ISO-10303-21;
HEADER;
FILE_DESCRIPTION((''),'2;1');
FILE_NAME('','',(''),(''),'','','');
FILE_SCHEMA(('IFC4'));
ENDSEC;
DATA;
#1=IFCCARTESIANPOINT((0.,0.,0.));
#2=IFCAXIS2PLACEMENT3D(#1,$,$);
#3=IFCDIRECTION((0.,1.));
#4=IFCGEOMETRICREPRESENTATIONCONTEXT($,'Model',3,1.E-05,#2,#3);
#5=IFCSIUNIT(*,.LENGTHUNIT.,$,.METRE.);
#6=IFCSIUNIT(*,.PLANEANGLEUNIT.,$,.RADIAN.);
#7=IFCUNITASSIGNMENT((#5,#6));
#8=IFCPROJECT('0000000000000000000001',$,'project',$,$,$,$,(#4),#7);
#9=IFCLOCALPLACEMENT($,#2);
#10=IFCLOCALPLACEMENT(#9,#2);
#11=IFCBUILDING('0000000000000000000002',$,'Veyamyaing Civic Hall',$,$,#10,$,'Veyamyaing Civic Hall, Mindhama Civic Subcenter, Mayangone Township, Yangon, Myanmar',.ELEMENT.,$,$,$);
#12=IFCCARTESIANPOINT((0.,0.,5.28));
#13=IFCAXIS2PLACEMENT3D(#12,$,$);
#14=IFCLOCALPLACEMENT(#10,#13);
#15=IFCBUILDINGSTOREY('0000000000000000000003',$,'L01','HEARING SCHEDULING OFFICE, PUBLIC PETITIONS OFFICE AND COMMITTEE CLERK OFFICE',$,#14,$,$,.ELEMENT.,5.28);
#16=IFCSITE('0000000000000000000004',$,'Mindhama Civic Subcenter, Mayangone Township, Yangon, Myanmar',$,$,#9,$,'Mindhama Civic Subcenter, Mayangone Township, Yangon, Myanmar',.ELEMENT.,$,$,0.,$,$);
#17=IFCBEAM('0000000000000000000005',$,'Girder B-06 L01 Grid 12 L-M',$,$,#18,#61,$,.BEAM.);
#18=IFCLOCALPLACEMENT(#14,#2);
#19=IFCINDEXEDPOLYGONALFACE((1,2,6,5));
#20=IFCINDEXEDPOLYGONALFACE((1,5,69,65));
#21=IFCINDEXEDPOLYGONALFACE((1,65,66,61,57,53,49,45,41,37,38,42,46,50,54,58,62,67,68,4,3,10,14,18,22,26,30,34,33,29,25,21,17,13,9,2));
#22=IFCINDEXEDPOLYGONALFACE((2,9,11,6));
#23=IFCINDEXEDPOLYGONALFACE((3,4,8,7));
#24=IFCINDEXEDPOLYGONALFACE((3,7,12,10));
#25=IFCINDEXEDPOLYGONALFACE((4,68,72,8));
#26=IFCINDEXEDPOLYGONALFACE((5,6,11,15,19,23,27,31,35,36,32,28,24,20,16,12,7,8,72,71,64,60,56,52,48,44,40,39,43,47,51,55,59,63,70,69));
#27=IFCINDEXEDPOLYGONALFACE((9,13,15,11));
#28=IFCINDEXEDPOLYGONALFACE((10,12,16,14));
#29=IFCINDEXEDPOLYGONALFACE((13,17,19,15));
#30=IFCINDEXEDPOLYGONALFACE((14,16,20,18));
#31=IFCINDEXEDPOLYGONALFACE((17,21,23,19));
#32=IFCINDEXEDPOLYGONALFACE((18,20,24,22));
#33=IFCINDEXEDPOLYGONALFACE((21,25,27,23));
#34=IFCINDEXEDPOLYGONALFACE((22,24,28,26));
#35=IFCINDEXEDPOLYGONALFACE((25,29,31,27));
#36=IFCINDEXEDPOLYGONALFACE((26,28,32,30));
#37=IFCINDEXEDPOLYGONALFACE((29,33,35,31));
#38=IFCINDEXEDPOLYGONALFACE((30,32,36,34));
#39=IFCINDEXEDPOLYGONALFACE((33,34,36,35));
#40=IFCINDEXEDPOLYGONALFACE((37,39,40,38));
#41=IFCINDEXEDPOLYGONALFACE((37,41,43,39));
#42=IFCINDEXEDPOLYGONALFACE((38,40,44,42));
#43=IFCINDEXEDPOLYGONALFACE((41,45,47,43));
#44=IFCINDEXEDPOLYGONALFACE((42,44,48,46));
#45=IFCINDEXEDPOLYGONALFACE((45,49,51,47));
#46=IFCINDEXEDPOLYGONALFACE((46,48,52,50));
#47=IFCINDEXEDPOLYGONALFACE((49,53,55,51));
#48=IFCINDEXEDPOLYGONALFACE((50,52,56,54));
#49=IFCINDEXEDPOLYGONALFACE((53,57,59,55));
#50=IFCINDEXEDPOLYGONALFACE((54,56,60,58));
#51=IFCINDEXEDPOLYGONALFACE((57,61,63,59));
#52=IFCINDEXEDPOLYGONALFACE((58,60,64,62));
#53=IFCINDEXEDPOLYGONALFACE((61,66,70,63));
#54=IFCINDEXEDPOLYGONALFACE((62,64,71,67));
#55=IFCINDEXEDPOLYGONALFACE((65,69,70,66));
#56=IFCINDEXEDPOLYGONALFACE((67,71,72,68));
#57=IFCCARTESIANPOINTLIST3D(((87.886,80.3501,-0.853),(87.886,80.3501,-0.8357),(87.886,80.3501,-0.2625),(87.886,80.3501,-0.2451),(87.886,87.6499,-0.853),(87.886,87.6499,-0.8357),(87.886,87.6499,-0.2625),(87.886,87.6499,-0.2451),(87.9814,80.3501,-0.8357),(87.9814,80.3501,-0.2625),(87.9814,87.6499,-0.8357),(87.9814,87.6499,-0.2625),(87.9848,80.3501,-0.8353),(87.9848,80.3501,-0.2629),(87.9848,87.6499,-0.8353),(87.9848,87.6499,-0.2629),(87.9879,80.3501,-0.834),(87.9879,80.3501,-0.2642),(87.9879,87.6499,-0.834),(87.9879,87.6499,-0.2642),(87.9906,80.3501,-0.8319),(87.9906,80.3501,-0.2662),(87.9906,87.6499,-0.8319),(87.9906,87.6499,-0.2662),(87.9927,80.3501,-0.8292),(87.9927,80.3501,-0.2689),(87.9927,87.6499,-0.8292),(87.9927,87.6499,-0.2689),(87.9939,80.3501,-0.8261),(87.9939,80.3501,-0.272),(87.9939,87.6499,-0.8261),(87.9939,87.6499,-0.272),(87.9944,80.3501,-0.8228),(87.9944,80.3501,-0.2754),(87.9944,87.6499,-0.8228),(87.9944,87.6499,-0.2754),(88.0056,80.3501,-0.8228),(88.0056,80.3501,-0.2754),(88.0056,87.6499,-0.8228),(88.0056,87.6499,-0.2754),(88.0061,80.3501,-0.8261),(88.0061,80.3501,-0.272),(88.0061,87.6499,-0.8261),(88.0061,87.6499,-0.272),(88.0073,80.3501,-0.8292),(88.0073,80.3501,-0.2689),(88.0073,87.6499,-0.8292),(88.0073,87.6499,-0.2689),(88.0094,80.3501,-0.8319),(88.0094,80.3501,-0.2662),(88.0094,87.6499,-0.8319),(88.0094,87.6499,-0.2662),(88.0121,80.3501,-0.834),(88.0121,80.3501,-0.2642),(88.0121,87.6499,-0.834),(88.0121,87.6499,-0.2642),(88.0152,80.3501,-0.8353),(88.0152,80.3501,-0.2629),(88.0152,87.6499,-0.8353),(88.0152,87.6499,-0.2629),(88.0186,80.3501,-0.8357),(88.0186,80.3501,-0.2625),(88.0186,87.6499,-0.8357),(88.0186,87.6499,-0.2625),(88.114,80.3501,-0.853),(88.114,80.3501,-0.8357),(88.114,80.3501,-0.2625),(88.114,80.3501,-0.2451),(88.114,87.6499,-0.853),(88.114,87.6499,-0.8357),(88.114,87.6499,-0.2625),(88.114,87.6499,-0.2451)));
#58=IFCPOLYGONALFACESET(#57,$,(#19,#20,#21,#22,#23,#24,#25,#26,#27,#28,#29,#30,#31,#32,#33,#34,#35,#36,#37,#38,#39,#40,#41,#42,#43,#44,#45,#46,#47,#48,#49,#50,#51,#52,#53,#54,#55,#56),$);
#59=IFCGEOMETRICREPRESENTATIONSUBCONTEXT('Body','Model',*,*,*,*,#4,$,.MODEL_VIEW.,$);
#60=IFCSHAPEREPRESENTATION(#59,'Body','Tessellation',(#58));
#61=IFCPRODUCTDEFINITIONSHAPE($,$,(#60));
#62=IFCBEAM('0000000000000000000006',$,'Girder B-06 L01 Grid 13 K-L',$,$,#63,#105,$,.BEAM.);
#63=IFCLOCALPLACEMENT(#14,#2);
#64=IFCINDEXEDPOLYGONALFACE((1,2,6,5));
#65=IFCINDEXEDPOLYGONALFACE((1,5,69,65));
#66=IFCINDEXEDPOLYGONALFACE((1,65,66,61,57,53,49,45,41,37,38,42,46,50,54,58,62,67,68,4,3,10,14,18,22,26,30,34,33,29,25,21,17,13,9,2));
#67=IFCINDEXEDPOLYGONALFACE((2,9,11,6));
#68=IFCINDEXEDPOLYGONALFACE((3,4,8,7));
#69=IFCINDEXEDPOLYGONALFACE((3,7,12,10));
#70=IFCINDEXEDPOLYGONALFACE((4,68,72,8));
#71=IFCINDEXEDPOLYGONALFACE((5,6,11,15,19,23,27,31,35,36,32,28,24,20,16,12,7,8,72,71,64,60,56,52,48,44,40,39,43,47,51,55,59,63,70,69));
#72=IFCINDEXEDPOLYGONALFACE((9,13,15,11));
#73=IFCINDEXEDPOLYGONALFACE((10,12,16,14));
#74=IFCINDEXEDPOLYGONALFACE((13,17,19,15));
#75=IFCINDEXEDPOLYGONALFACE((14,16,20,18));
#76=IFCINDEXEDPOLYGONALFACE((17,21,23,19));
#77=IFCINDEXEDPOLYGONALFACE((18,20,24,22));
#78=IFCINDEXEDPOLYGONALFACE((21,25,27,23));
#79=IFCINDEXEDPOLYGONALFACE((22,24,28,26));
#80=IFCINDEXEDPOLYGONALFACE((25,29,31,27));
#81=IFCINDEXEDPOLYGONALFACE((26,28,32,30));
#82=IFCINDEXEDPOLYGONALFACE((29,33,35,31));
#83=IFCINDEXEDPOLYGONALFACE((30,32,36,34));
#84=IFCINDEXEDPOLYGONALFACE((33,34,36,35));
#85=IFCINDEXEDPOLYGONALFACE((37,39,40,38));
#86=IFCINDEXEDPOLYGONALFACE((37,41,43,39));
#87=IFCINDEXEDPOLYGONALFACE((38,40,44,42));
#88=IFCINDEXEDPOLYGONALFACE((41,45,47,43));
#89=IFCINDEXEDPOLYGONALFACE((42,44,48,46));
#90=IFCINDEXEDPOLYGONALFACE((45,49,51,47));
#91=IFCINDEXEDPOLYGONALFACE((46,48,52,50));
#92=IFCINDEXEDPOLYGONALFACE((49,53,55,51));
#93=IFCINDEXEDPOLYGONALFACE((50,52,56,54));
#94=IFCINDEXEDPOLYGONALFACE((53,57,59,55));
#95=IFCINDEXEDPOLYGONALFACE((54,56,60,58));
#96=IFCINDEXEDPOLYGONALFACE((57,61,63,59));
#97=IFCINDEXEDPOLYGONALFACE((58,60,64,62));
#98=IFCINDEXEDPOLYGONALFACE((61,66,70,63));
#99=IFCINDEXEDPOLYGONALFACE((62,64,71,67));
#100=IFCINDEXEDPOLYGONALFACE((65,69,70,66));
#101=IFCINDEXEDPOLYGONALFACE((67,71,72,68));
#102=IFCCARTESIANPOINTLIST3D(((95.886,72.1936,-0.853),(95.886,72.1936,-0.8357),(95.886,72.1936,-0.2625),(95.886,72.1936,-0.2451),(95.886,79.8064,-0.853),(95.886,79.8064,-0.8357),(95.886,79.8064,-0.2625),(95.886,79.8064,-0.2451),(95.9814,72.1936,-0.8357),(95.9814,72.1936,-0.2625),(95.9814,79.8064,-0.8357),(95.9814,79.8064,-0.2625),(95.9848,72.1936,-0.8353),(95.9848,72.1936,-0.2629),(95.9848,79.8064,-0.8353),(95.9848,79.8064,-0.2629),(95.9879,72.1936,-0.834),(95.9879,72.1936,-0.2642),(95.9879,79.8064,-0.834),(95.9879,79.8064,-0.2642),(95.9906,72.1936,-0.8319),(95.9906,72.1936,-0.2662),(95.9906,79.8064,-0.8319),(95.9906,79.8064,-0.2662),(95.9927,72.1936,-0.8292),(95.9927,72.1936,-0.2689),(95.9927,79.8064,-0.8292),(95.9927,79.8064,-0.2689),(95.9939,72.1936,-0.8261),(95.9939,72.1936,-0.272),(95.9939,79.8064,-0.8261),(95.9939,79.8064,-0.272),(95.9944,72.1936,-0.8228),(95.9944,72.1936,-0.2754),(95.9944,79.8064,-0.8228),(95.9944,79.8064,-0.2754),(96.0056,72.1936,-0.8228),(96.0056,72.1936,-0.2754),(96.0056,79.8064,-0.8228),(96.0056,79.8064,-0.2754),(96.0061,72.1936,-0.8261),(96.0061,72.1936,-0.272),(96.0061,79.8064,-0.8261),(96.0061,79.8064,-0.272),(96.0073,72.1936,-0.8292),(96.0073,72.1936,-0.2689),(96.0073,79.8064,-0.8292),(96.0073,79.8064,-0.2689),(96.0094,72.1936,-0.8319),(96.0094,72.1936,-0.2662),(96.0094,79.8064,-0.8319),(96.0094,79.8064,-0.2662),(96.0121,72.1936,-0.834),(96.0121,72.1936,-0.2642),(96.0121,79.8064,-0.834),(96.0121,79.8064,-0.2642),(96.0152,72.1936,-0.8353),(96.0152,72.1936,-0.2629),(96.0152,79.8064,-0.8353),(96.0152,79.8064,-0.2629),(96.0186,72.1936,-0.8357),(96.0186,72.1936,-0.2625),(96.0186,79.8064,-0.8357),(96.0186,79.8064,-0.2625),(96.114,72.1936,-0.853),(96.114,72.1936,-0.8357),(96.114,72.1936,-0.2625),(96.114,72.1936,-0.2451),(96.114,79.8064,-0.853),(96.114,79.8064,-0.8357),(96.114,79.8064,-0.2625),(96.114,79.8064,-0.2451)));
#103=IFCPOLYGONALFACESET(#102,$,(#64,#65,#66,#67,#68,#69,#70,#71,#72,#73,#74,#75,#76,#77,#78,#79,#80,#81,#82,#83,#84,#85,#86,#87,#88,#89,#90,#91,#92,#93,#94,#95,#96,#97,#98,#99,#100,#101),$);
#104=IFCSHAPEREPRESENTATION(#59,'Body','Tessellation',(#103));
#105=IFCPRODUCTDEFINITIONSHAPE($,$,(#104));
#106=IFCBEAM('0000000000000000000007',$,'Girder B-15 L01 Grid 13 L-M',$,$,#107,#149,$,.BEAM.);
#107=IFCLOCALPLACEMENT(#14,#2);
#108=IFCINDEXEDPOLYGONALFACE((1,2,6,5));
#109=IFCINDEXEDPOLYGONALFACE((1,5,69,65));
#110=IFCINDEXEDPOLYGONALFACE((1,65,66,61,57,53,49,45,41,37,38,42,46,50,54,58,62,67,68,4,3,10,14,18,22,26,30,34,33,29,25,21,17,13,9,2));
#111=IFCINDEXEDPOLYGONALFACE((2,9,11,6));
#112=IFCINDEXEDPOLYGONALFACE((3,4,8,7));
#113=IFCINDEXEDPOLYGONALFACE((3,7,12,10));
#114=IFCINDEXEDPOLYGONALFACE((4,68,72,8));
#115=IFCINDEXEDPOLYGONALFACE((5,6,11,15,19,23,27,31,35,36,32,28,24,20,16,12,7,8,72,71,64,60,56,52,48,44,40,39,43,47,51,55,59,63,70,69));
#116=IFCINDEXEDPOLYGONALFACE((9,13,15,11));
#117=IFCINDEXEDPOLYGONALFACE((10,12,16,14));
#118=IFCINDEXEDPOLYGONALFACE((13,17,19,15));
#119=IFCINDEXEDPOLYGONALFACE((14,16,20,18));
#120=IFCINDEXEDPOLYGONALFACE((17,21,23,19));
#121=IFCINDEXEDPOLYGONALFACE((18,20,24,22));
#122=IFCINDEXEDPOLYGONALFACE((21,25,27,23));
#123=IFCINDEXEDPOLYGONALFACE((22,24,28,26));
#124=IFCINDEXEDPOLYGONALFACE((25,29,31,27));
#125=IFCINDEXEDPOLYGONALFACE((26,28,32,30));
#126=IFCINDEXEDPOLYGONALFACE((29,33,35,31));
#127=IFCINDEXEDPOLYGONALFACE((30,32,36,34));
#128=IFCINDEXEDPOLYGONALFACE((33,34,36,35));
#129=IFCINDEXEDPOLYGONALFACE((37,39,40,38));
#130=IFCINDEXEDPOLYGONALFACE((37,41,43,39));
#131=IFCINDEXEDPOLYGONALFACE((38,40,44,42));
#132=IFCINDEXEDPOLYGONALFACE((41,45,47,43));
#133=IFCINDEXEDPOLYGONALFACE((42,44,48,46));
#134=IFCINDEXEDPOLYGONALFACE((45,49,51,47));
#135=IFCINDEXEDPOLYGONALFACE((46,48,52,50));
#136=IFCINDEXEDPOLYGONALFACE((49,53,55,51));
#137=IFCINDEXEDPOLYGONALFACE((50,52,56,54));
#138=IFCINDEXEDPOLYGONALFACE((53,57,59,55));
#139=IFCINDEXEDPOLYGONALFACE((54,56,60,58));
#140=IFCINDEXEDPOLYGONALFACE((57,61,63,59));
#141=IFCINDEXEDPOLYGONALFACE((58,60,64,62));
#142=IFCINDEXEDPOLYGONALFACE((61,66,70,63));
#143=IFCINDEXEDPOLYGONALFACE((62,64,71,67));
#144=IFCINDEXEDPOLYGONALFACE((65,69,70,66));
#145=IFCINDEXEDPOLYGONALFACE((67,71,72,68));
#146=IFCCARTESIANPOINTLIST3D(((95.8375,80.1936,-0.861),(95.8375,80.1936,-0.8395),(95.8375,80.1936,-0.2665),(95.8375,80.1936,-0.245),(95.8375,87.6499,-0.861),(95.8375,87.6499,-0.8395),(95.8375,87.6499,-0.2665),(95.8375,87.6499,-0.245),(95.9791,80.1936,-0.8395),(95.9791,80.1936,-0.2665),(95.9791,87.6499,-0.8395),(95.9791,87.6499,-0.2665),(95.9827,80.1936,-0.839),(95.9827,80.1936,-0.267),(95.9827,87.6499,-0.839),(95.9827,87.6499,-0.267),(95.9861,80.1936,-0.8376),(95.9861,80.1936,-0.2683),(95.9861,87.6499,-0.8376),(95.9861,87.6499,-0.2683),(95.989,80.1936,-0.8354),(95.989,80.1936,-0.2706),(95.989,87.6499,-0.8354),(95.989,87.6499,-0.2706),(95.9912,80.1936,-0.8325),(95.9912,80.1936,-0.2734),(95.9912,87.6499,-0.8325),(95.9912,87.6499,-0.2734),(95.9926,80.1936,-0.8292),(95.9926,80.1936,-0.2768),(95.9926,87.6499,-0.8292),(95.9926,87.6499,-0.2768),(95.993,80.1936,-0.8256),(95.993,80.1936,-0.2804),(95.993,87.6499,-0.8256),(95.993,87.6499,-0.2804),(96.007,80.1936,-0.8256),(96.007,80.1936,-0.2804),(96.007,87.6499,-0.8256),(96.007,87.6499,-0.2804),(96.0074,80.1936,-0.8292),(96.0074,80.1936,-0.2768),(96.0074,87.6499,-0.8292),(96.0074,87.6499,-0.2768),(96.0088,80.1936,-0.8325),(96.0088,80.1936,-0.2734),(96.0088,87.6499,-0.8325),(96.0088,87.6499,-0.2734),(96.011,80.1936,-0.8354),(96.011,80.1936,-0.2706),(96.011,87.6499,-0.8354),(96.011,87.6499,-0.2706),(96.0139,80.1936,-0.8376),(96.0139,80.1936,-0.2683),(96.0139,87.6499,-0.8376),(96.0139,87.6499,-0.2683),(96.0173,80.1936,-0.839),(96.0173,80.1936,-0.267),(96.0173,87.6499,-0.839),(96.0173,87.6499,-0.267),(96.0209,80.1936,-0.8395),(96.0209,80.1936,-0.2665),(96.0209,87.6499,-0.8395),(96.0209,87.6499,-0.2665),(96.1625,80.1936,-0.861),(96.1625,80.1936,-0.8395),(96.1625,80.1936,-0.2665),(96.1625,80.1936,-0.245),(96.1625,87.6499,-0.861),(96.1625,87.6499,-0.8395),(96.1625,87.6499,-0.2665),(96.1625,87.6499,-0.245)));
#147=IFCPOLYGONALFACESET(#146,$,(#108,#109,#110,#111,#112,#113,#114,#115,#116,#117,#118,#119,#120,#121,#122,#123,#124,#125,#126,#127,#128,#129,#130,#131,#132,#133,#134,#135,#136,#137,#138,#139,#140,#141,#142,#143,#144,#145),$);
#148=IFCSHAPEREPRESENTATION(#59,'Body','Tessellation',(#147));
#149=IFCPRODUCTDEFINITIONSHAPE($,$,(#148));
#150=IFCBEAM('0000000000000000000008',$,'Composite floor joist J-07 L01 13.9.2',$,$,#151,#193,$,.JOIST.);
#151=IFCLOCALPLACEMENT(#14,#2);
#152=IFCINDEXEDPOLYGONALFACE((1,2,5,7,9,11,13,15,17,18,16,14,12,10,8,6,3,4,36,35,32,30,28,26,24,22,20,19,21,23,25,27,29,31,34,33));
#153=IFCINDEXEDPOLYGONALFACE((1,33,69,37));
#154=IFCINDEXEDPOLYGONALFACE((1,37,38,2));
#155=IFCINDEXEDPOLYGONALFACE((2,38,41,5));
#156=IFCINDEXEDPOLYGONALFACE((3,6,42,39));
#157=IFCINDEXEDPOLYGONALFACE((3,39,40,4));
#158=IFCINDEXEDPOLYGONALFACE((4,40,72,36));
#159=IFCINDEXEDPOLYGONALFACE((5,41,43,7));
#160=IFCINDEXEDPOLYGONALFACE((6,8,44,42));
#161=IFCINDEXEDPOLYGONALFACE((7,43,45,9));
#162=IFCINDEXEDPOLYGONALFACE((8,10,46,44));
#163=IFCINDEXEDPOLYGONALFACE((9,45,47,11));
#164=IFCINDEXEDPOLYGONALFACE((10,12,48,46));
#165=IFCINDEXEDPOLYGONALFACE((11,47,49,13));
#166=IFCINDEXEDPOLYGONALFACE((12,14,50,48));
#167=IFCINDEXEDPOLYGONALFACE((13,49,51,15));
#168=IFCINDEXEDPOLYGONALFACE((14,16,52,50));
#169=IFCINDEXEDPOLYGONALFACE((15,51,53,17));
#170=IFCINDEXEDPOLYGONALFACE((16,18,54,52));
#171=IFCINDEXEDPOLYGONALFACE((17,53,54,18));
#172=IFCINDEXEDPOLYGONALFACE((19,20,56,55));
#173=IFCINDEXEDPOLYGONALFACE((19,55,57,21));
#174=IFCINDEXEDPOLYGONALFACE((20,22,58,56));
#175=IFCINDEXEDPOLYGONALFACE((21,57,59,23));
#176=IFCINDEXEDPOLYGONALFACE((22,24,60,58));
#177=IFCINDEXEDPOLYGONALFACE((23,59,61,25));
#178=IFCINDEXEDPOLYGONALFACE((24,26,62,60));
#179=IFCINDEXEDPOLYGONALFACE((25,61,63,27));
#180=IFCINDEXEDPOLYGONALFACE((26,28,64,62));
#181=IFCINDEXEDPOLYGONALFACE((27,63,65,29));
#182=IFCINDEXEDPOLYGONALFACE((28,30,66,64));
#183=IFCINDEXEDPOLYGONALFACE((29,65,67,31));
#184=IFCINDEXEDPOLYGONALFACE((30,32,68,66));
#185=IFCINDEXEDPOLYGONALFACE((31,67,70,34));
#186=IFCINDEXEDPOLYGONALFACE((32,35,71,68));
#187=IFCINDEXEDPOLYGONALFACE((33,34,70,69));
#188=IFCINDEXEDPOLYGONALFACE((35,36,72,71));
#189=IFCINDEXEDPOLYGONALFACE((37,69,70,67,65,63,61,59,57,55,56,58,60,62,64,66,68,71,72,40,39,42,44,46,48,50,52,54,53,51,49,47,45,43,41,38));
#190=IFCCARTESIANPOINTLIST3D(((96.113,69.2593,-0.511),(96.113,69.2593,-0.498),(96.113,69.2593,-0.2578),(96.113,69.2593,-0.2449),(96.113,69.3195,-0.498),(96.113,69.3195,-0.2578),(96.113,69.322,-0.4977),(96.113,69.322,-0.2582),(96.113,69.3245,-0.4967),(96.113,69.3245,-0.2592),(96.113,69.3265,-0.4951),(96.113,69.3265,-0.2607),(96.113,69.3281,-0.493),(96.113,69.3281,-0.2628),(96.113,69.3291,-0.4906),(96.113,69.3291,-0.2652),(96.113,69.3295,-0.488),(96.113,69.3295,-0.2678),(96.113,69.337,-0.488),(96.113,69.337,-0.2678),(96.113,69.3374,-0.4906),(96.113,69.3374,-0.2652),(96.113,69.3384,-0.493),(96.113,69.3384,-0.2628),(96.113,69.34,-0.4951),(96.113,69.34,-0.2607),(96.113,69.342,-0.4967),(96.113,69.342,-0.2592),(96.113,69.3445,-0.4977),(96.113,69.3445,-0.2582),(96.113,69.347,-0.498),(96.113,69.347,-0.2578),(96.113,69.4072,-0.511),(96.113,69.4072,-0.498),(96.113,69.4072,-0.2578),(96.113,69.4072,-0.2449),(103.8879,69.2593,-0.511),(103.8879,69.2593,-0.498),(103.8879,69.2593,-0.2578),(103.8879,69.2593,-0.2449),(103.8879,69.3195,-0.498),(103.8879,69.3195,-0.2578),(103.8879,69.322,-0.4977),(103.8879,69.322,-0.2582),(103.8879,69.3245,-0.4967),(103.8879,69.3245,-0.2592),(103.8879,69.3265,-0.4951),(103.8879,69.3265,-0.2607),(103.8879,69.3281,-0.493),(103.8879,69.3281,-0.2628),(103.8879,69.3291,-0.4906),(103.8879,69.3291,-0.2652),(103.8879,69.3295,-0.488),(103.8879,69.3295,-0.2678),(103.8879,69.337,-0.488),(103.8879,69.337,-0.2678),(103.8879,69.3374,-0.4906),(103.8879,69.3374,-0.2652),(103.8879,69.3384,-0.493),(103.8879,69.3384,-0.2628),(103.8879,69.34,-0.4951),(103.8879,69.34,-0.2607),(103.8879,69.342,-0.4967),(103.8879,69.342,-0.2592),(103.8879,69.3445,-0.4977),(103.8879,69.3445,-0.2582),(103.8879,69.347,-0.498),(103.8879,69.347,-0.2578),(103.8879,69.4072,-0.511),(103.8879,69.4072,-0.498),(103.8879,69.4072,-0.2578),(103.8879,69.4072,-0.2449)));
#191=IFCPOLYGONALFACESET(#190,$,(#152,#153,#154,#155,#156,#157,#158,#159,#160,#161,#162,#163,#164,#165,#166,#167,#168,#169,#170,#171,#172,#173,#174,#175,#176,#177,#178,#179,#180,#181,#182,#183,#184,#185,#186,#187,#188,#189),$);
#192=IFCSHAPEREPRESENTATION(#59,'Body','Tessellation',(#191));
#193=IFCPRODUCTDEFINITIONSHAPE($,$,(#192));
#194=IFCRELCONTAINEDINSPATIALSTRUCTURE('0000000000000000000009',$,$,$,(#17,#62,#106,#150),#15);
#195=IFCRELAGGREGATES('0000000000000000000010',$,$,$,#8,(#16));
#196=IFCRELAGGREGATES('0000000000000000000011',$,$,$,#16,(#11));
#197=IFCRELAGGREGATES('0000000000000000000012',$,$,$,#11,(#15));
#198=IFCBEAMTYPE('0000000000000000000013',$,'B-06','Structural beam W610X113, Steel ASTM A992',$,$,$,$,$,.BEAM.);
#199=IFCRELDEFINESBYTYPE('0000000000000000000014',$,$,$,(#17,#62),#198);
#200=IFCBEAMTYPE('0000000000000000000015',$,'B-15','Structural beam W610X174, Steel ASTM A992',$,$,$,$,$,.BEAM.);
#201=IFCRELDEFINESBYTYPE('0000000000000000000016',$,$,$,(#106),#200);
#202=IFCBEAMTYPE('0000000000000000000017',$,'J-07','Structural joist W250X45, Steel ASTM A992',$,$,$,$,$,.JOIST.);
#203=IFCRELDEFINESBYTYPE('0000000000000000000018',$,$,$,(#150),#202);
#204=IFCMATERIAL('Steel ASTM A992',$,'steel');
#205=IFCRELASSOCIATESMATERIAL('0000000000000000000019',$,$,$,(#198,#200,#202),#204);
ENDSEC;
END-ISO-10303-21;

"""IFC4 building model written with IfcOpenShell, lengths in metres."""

from ifc_helpers import new_model, si_unit, direction, frame, origin, origin_2d, place, context, subcontext, project, spatial, i_section, extrude, material, material_profile, profile_set, type_object, element, save


model = new_model("IFC4")

# Units and contexts
model_context = context("Model", 3, precision=1e-05, world=origin(), true_north=direction((0.0, 1.0)))
body_context = subcontext(model_context, "Body", "Model", "MODEL_VIEW")
ifc_project = project(units=[si_unit("LENGTHUNIT", "METRE"), si_unit("PLANEANGLEUNIT", "RADIAN")], contexts=[model_context])

# Site, building, storey
site_placement = place(None, origin())
site = spatial("IfcSite", under=ifc_project, at=site_placement, Name="Mindhama Civic Subcenter, Mayangone Township, Yangon, Myanmar", LongName="Mindhama Civic Subcenter, Mayangone Township, Yangon, Myanmar", CompositionType="ELEMENT", RefElevation=0.0)
building_placement = place(site_placement, origin())
building = spatial("IfcBuilding", under=site, at=building_placement, Name="Veyamyaing Civic Hall", LongName="Veyamyaing Civic Hall, Mindhama Civic Subcenter, Mayangone Township, Yangon, Myanmar", CompositionType="ELEMENT")
storey_placement = place(building_placement, frame((0.0, 0.0, 5.28)))
storey = spatial("IfcBuildingStorey", under=building, at=storey_placement, Name="L01", Description="HEARING SCHEDULING OFFICE, PUBLIC PETITIONS OFFICE AND COMMITTEE CLERK OFFICE", CompositionType="ELEMENT", Elevation=5.28)

# Beams
ifc_material_1 = material(Name="Steel ASTM A992", Category="steel")
ifc_material_profile_1 = material_profile(ifc_material_1, i_section(OverallWidth=0.228, OverallDepth=0.6079, WebThickness=0.0112, FlangeThickness=0.0173, FilletRadius=0.0129, at=origin_2d()), Name="W610X113")
ifc_profile_set_1 = profile_set([ifc_material_profile_1], Name="Steel ASTM A992")
beam_type_1 = type_object("IfcBeamType", Name="B-06", Description="Structural beam W610X113, Steel ASTM A992", PredefinedType="BEAM", material=ifc_profile_set_1)
beam_1_placement = place(storey_placement, frame((88.0, 80.3501, -0.5491), z_axis=(0.0, 1.0, 0.0), x_axis=(-1.0, 0.0, 0.0)))
element("IfcBeam", 1, at=beam_1_placement, inside=storey, type_object=beam_type_1, Name="Girder B-06 L01 Grid 12 L-M", PredefinedType="BEAM", context=body_context, shape_type="SweptSolid", body=[
    extrude(i_section(OverallWidth=0.228, OverallDepth=0.6079, WebThickness=0.0112, FlangeThickness=0.0173, FilletRadius=0.0129, at=origin_2d()), origin(), (0.0, 0.0, 1.0), 7.2998),
])
beam_2_placement = place(storey_placement, frame((96.0, 72.1936, -0.5491), z_axis=(0.0, 1.0, 0.0), x_axis=(-1.0, 0.0, 0.0)))
element("IfcBeam", 2, at=beam_2_placement, inside=storey, type_object=beam_type_1, Name="Girder B-06 L01 Grid 13 K-L", PredefinedType="BEAM", context=body_context, shape_type="SweptSolid", body=[
    extrude(i_section(OverallWidth=0.228, OverallDepth=0.6079, WebThickness=0.0112, FlangeThickness=0.0173, FilletRadius=0.0129, at=origin_2d()), origin(), (0.0, 0.0, 1.0), 7.6128),
])
ifc_material_profile_2 = material_profile(ifc_material_1, i_section(OverallWidth=0.325, OverallDepth=0.616, WebThickness=0.0139, FlangeThickness=0.0215, FilletRadius=0.0139, at=origin_2d()), Name="W610X174")
ifc_profile_set_2 = profile_set([ifc_material_profile_2], Name="Steel ASTM A992")
beam_type_2 = type_object("IfcBeamType", Name="B-15", Description="Structural beam W610X174, Steel ASTM A992", PredefinedType="BEAM", material=ifc_profile_set_2)
beam_3_placement = place(storey_placement, frame((96.0, 80.1936, -0.553), z_axis=(0.0, 1.0, 0.0), x_axis=(-1.0, 0.0, 0.0)))
element("IfcBeam", 3, at=beam_3_placement, inside=storey, type_object=beam_type_2, Name="Girder B-15 L01 Grid 13 L-M", PredefinedType="BEAM", context=body_context, shape_type="SweptSolid", body=[
    extrude(i_section(OverallWidth=0.325, OverallDepth=0.616, WebThickness=0.0139, FlangeThickness=0.0215, FilletRadius=0.0139, at=origin_2d()), origin(), (0.0, 0.0, 1.0), 7.4563),
])
ifc_material_profile_3 = material_profile(ifc_material_1, i_section(OverallWidth=0.1479, OverallDepth=0.2661, WebThickness=0.0076, FlangeThickness=0.0129, FilletRadius=0.01, at=origin_2d()), Name="W250X45")
ifc_profile_set_3 = profile_set([ifc_material_profile_3], Name="Steel ASTM A992")
beam_type_3 = type_object("IfcBeamType", Name="J-07", Description="Structural joist W250X45, Steel ASTM A992", PredefinedType="JOIST", material=ifc_profile_set_3)
beam_4_placement = place(storey_placement, frame((96.113, 69.3333, -0.3779), z_axis=(1.0, 0.0, 0.0), x_axis=(0.0, 1.0, 0.0)))
element("IfcBeam", 4, at=beam_4_placement, inside=storey, type_object=beam_type_3, Name="Composite floor joist J-07 L01 13.9.2", PredefinedType="JOIST", context=body_context, shape_type="SweptSolid", body=[
    extrude(i_section(OverallWidth=0.1479, OverallDepth=0.2661, WebThickness=0.0076, FlangeThickness=0.0129, FilletRadius=0.01, at=origin_2d()), origin(), (0.0, 0.0, 1.0), 7.7749),
])

save(model, "model.ifc")
